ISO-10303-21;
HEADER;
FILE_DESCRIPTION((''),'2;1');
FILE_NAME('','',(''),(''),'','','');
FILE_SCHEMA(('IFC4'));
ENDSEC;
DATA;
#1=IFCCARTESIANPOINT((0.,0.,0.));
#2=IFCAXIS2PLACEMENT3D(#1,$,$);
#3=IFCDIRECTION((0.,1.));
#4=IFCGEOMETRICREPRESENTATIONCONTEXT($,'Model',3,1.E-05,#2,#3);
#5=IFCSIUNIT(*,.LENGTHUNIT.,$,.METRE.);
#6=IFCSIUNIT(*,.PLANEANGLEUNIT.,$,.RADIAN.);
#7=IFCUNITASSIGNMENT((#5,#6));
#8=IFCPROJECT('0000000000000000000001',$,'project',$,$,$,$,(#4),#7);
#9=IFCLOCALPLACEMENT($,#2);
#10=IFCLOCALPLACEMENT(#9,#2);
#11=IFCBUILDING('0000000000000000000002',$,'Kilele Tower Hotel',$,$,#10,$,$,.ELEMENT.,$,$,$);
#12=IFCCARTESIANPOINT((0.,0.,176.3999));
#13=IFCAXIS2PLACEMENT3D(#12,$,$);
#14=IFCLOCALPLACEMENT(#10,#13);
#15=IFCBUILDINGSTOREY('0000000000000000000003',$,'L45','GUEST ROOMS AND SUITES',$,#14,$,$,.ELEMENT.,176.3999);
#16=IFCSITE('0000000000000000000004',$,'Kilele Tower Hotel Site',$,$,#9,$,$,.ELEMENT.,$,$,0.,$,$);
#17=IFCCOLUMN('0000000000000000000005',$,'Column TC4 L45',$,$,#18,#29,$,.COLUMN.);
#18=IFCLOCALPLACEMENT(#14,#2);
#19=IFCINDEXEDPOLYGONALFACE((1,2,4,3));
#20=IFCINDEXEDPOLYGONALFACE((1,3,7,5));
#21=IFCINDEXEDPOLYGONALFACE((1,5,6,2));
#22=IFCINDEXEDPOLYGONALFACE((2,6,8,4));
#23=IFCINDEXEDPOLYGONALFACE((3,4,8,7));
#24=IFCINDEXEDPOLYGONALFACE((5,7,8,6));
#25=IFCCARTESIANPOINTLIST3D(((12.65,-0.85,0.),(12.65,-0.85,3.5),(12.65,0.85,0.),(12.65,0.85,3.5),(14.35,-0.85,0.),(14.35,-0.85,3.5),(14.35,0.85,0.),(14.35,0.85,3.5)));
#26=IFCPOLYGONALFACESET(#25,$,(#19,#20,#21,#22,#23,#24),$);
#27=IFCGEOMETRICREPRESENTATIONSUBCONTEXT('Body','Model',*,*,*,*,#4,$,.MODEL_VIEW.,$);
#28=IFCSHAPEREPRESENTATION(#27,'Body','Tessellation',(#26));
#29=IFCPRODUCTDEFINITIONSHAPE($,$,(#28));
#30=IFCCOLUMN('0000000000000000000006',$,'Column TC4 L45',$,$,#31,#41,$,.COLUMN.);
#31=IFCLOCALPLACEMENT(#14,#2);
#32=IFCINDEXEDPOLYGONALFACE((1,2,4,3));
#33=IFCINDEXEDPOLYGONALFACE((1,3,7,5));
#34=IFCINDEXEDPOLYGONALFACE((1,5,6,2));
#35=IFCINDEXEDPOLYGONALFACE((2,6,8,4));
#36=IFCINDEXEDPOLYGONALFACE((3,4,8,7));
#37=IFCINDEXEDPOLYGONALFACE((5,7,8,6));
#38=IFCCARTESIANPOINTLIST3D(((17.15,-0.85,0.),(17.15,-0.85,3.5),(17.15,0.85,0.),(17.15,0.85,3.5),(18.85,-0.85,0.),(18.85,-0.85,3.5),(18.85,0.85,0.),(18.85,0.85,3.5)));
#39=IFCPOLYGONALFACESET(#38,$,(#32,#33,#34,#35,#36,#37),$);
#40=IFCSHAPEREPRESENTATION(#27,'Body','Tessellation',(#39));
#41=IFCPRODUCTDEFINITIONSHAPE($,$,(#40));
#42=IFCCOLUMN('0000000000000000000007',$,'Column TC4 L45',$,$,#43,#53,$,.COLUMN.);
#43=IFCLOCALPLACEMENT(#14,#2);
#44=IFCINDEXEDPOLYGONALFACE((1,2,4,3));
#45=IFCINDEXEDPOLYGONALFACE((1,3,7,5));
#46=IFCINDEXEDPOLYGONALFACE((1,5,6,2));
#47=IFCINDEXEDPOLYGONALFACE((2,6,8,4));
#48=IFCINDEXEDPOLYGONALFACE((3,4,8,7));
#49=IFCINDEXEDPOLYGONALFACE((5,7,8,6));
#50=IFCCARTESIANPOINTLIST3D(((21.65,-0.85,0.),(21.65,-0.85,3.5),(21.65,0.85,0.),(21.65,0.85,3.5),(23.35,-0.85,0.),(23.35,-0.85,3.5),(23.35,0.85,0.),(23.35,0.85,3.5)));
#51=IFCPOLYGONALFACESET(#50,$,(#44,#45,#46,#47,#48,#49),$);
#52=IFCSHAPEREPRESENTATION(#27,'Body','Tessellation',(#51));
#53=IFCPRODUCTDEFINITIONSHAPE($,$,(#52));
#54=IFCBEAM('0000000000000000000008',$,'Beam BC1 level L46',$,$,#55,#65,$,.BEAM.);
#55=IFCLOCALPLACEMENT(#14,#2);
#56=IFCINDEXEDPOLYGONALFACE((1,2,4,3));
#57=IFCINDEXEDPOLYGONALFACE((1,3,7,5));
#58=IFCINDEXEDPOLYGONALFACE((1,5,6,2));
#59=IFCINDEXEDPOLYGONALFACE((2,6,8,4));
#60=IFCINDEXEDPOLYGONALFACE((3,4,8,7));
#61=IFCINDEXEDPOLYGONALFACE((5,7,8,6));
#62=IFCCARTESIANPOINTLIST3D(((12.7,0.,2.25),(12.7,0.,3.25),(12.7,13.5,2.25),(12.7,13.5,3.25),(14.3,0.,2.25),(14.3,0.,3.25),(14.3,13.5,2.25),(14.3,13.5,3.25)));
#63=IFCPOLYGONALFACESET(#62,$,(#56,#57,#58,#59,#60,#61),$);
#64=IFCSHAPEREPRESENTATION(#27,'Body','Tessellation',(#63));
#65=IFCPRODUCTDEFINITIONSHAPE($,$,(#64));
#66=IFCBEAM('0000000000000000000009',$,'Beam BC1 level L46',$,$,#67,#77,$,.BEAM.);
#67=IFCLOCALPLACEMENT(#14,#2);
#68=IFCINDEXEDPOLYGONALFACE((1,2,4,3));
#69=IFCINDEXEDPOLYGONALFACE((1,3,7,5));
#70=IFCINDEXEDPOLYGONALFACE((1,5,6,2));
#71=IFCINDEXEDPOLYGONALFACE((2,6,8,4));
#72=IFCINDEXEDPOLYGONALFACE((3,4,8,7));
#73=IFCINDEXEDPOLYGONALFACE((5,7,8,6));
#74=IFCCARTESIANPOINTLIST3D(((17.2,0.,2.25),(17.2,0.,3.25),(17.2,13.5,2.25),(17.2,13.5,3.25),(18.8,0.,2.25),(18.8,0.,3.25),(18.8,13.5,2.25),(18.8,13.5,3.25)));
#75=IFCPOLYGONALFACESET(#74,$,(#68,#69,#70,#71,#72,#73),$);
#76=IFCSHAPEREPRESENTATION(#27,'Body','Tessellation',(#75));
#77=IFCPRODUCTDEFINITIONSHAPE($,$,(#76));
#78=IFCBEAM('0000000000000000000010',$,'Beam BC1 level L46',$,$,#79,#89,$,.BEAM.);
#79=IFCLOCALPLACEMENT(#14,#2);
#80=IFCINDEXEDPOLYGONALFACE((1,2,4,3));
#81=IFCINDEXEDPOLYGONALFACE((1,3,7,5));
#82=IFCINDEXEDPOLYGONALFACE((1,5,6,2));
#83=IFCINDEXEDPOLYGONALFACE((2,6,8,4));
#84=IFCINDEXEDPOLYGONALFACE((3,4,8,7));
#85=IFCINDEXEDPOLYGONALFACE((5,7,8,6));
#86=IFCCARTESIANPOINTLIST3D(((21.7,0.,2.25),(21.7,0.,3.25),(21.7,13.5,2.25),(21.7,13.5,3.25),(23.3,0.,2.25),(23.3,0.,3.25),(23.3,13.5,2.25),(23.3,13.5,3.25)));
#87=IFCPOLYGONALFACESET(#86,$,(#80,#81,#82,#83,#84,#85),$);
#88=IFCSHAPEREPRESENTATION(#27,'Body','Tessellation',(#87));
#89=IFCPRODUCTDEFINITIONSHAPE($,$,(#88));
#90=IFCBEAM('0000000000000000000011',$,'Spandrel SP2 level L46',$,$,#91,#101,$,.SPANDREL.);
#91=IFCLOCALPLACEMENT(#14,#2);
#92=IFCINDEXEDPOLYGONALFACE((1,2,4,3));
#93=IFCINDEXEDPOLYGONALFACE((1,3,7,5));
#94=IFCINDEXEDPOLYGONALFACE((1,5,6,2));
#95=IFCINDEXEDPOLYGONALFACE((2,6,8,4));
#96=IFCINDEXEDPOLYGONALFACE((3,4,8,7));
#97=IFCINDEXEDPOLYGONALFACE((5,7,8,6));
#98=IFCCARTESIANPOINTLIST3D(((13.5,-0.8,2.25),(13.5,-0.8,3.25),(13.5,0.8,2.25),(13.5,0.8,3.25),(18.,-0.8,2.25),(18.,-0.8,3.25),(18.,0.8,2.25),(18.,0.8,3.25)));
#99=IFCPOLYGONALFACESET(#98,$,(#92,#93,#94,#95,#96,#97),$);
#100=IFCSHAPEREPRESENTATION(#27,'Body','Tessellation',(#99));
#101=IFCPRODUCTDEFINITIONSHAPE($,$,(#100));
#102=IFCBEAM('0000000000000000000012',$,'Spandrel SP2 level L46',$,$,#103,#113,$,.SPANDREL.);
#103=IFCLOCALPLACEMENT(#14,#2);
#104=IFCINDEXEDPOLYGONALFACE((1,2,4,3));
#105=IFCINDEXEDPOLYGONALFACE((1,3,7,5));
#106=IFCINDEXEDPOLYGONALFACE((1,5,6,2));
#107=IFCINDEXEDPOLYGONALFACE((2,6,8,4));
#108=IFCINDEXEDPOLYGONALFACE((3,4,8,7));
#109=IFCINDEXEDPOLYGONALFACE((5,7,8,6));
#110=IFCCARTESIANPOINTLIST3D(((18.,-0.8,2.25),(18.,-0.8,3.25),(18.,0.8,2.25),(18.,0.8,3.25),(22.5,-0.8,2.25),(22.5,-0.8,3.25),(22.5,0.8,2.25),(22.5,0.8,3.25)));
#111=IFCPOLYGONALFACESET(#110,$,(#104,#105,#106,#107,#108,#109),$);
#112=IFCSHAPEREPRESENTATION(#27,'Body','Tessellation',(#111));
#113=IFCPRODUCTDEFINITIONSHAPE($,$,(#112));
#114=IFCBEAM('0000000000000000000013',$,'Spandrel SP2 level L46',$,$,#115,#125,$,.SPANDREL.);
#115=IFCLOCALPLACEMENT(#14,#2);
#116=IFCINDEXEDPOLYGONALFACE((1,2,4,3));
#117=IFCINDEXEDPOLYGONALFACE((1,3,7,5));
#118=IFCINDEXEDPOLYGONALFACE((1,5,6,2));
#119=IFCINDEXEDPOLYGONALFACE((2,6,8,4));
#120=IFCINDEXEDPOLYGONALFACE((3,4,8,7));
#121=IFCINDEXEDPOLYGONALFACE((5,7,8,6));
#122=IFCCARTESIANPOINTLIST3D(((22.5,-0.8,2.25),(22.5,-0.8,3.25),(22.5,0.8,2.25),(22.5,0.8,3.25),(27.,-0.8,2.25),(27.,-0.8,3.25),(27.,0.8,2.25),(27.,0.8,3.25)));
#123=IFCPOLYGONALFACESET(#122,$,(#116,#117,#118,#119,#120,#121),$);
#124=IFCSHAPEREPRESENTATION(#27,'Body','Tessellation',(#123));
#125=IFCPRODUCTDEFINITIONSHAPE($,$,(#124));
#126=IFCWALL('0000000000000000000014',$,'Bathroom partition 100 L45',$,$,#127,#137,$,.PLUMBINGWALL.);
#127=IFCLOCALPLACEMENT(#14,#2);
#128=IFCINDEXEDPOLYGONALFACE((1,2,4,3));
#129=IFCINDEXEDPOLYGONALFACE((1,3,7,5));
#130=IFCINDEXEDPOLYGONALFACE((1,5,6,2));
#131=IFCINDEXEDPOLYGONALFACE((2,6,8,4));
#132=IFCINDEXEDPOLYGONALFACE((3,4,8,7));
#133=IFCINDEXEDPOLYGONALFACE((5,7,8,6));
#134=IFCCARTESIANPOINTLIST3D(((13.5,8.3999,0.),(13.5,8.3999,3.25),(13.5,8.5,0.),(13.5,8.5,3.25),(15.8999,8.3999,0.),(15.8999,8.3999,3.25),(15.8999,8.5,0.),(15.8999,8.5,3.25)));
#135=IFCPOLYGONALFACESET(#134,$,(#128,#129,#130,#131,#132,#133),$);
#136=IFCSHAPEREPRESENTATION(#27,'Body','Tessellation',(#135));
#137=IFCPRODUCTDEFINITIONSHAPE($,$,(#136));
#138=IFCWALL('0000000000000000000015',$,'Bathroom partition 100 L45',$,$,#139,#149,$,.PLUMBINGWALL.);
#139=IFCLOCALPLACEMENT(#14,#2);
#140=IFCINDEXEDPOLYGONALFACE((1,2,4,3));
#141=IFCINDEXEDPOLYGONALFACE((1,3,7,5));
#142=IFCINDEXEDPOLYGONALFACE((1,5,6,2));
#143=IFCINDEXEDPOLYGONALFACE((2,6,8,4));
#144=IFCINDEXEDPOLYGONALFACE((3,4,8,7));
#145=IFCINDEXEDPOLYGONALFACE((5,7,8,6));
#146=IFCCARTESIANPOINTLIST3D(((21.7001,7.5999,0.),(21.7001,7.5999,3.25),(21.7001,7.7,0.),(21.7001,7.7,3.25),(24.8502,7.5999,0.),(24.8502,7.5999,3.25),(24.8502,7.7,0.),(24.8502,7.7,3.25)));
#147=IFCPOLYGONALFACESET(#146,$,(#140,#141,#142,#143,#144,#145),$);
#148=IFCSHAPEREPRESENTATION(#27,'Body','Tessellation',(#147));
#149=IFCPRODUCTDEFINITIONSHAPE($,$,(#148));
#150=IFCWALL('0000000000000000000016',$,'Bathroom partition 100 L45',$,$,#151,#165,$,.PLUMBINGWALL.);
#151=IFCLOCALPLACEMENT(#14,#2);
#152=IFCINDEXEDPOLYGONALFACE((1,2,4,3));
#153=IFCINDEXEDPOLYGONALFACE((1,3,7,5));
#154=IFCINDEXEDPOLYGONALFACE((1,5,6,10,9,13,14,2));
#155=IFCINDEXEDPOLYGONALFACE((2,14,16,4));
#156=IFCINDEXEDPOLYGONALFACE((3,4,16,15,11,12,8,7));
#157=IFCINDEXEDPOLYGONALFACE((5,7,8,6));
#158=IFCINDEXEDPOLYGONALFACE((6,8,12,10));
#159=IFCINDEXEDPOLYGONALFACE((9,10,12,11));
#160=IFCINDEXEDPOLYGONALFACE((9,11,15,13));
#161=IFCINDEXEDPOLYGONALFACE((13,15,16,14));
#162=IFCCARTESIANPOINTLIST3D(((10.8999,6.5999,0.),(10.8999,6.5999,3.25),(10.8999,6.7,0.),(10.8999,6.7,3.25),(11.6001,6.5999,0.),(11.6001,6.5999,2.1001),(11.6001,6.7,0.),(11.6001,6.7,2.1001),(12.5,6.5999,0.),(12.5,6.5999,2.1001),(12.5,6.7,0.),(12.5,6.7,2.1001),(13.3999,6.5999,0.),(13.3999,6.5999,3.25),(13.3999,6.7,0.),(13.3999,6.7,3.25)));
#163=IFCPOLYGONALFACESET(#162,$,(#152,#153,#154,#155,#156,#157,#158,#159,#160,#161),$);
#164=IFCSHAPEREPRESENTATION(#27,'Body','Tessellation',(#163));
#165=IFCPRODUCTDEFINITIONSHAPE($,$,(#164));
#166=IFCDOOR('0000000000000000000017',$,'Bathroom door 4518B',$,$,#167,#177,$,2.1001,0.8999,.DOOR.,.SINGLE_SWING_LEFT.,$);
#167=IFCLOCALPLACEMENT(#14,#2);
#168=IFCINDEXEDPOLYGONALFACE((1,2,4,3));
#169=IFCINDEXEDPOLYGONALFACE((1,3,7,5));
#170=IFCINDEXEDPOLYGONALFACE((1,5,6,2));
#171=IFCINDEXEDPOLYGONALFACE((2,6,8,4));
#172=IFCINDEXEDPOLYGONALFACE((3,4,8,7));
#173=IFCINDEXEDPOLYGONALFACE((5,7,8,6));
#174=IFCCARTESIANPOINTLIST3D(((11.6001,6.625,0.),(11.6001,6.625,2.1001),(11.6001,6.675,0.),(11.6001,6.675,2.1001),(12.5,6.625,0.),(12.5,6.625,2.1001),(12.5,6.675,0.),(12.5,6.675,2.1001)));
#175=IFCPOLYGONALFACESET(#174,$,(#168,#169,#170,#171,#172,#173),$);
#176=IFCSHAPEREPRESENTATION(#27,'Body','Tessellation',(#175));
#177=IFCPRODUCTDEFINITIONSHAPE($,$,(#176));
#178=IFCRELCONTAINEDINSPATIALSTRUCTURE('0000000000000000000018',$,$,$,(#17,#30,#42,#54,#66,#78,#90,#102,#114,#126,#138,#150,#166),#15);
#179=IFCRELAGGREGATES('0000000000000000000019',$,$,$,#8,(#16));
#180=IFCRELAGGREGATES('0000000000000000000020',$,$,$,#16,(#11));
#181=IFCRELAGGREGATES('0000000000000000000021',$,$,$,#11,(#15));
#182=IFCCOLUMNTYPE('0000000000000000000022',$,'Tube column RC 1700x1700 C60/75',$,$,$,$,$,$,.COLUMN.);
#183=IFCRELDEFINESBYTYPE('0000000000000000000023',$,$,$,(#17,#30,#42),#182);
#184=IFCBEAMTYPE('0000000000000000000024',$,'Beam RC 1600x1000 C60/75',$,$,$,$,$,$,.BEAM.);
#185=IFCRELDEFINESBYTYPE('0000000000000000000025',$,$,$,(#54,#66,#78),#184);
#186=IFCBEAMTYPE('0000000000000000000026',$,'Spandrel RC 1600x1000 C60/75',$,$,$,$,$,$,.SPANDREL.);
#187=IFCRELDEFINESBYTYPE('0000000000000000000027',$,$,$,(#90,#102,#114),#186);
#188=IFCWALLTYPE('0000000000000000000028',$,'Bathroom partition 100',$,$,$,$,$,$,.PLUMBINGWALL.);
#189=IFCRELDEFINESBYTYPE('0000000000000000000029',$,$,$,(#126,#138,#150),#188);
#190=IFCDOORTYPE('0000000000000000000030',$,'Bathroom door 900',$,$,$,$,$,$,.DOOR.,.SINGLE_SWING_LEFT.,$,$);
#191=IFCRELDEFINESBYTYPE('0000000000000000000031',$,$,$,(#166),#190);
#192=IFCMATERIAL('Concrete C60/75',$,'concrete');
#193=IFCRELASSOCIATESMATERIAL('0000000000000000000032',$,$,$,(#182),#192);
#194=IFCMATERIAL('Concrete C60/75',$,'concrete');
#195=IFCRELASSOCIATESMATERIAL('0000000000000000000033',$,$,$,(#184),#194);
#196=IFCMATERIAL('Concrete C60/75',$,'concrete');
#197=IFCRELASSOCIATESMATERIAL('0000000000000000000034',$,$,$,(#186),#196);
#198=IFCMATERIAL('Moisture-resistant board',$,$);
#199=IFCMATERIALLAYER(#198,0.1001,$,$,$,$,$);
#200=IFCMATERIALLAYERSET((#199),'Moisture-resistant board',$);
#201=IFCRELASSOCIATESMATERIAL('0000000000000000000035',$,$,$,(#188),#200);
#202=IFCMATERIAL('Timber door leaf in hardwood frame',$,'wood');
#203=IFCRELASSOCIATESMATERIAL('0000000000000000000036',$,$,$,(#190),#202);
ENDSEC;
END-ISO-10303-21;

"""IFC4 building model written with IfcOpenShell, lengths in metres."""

from ifc_helpers import new_model, si_unit, direction, frame, frame_2d, origin, origin_2d, place, context, subcontext, project, spatial, rectangle, extrude, material, layer, layer_set, material_profile, profile_set, type_object, element, fill, save


model = new_model("IFC4")

# Units and contexts
model_context = context("Model", 3, precision=1e-05, world=origin(), true_north=direction((0.0, 1.0)))
body_context = subcontext(model_context, "Body", "Model", "MODEL_VIEW")
ifc_project = project(units=[si_unit("LENGTHUNIT", "METRE"), si_unit("PLANEANGLEUNIT", "RADIAN")], contexts=[model_context])

# Site, building, storey
site_placement = place(None, origin())
site = spatial("IfcSite", under=ifc_project, at=site_placement, Name="Kilele Tower Hotel Site", CompositionType="ELEMENT", RefElevation=0.0)
building_placement = place(site_placement, origin())
building = spatial("IfcBuilding", under=site, at=building_placement, Name="Kilele Tower Hotel", CompositionType="ELEMENT")
storey_placement = place(building_placement, frame((0.0, 0.0, 176.3999)))
storey = spatial("IfcBuildingStorey", under=building, at=storey_placement, Name="L45", Description="GUEST ROOMS AND SUITES", CompositionType="ELEMENT", Elevation=176.3999)

# Columns
ifc_material_1 = material(Name="Concrete C60/75", Category="concrete")
ifc_material_profile_1 = material_profile(ifc_material_1, rectangle(XDim=1.7, YDim=1.7, at=origin_2d()))
ifc_profile_set_1 = profile_set([ifc_material_profile_1], Name="Concrete C60/75")
column_type = type_object("IfcColumnType", Name="Tube column RC 1700x1700 C60/75", PredefinedType="COLUMN", material=ifc_profile_set_1)
for number, where, z_axis, x_axis, name in (
    (1, (13.5, 0.0, 0.0), (0.0, 0.0, 1.0), (1.0, 0.0, 0.0), "Column TC4 L45"),
    (2, (18.0, 0.0, 0.0), (0.0, 0.0, 1.0), (1.0, 0.0, 0.0), "Column TC4 L45"),
    (3, (22.5, 0.0, 0.0), (0.0, 0.0, 1.0), (1.0, 0.0, 0.0), "Column TC4 L45"),
):
    element("IfcColumn", number, at=place(storey_placement, frame(where, z_axis=z_axis, x_axis=x_axis)), inside=storey, type_object=column_type, Name=name, PredefinedType="COLUMN", context=body_context, shape_type="SweptSolid", body=[
        extrude(rectangle(XDim=1.7, YDim=1.7, at=origin_2d()), origin(), (0.0, 0.0, 1.0), 3.5),
    ])

# Beams
ifc_material_2 = material(Name="Concrete C60/75", Category="concrete")
ifc_material_profile_2 = material_profile(ifc_material_2, rectangle(XDim=1.6001, YDim=1.0, at=origin_2d()))
ifc_profile_set_2 = profile_set([ifc_material_profile_2], Name="Concrete C60/75")
beam_type_1 = type_object("IfcBeamType", Name="Beam RC 1600x1000 C60/75", PredefinedType="BEAM", material=ifc_profile_set_2)
for number, where, z_axis, x_axis, name in (
    (4, (13.5, 0.0, 2.75), (0.0, 1.0, 0.0), (-1.0, 0.0, 0.0), "Beam BC1 level L46"),
    (5, (18.0, 0.0, 2.75), (0.0, 1.0, 0.0), (-1.0, 0.0, 0.0), "Beam BC1 level L46"),
    (6, (22.5, 0.0, 2.75), (0.0, 1.0, 0.0), (-1.0, 0.0, 0.0), "Beam BC1 level L46"),
):
    element("IfcBeam", number, at=place(storey_placement, frame(where, z_axis=z_axis, x_axis=x_axis)), inside=storey, type_object=beam_type_1, Name=name, PredefinedType="BEAM", context=body_context, shape_type="SweptSolid", body=[
        extrude(rectangle(XDim=1.6001, YDim=1.0, at=origin_2d()), origin(), (0.0, 0.0, 1.0), 13.5),
    ])
ifc_material_3 = material(Name="Concrete C60/75", Category="concrete")
ifc_material_profile_3 = material_profile(ifc_material_3, rectangle(XDim=1.6001, YDim=1.0, at=origin_2d()))
ifc_profile_set_3 = profile_set([ifc_material_profile_3], Name="Concrete C60/75")
beam_type_2 = type_object("IfcBeamType", Name="Spandrel RC 1600x1000 C60/75", PredefinedType="SPANDREL", material=ifc_profile_set_3)
for number, where, z_axis, x_axis, name in (
    (7, (13.5, 0.0, 2.75), (1.0, 0.0, 0.0), (0.0, 1.0, 0.0), "Spandrel SP2 level L46"),
    (8, (18.0, 0.0, 2.75), (1.0, 0.0, 0.0), (0.0, 1.0, 0.0), "Spandrel SP2 level L46"),
    (9, (22.5, 0.0, 2.75), (1.0, 0.0, 0.0), (0.0, 1.0, 0.0), "Spandrel SP2 level L46"),
):
    element("IfcBeam", number, at=place(storey_placement, frame(where, z_axis=z_axis, x_axis=x_axis)), inside=storey, type_object=beam_type_2, Name=name, PredefinedType="SPANDREL", context=body_context, shape_type="SweptSolid", body=[
        extrude(rectangle(XDim=1.6001, YDim=1.0, at=origin_2d()), origin(), (0.0, 0.0, 1.0), 4.5),
    ])

# Walls
ifc_material_4 = material(Name="Moisture-resistant board")
ifc_layer_1 = layer(ifc_material_4, 0.1001)
ifc_layer_set_1 = layer_set([ifc_layer_1], Name="Moisture-resistant board")
wall_type_1 = type_object("IfcWallType", Name="Bathroom partition 100", PredefinedType="PLUMBINGWALL", material=ifc_layer_set_1)
wall_1_placement = place(storey_placement, frame((13.5, 8.45, 0.0), z_axis=(0.0, 0.0, 1.0), x_axis=(1.0, 0.0, 0.0)))
element("IfcWall", 10, at=wall_1_placement, inside=storey, type_object=wall_type_1, Name="Bathroom partition 100 L45", PredefinedType="PLUMBINGWALL", context=body_context, shape_type="SweptSolid", body=[
    extrude(rectangle(XDim=2.3999, YDim=0.1001, at=frame_2d((1.2, 0.0))), origin(), (0.0, 0.0, 1.0), 3.25),
])
wall_2_placement = place(storey_placement, frame((21.7, 7.6499, 0.0), z_axis=(0.0, 0.0, 1.0), x_axis=(1.0, 0.0, 0.0)))
element("IfcWall", 11, at=wall_2_placement, inside=storey, type_object=wall_type_1, Name="Bathroom partition 100 L45", PredefinedType="PLUMBINGWALL", context=body_context, shape_type="SweptSolid", body=[
    extrude(rectangle(XDim=3.1501, YDim=0.1001, at=frame_2d((1.5752, 0.0))), origin(), (0.0, 0.0, 1.0), 3.25),
])

# Wall, opening, door
wall_3_placement = place(storey_placement, frame((13.3999, 6.6499, 0.0), z_axis=(0.0, 0.0, 1.0), x_axis=(-1.0, 0.0, 0.0)))
wall_3 = element("IfcWall", 12, at=wall_3_placement, inside=storey, type_object=wall_type_1, Name="Bathroom partition 100 L45", PredefinedType="PLUMBINGWALL", context=body_context, shape_type="SweptSolid", body=[
    extrude(rectangle(XDim=2.5, YDim=0.1001, at=frame_2d((1.25, 0.0))), origin(), (0.0, 0.0, 1.0), 3.25),
])
opening_1_placement = place(wall_3_placement, frame((0.8999, 0.0, 0.0)))
opening_1 = element("IfcOpeningElement", 13, at=opening_1_placement, cuts=wall_3, PredefinedType="OPENING", context=body_context, shape_type="SweptSolid", body=[
    extrude(rectangle(XDim=0.8999, YDim=2.1001, at=frame_2d((0.45, 1.05))), frame((0.0, 0.0601, 0.0), z_axis=(0.0, -1.0, 0.0), x_axis=(1.0, 0.0, 0.0)), (0.0, 0.0, 1.0), 0.1201),
])
ifc_material_5 = material(Name="Timber door leaf in hardwood frame", Category="wood")
door_type_1 = type_object("IfcDoorType", Name="Bathroom door 900", OperationType="SINGLE_SWING_LEFT", PredefinedType="DOOR", material=ifc_material_5)
door_1_placement = place(opening_1_placement, origin())
door_1 = element("IfcDoor", 14, at=door_1_placement, inside=storey, type_object=door_type_1, Name="Bathroom door 4518B", OperationType="SINGLE_SWING_LEFT", OverallHeight=2.1001, OverallWidth=0.8999, PredefinedType="DOOR", context=body_context, shape_type="SweptSolid", body=[
    extrude(rectangle(XDim=0.8999, YDim=2.1001, at=frame_2d((0.45, 1.05))), frame((0.0, 0.0249, 0.0), z_axis=(0.0, -1.0, 0.0), x_axis=(1.0, 0.0, 0.0)), (0.0, 0.0, 1.0), 0.05),
])
fill(opening_1, door_1)

save(model, "model.ifc")
